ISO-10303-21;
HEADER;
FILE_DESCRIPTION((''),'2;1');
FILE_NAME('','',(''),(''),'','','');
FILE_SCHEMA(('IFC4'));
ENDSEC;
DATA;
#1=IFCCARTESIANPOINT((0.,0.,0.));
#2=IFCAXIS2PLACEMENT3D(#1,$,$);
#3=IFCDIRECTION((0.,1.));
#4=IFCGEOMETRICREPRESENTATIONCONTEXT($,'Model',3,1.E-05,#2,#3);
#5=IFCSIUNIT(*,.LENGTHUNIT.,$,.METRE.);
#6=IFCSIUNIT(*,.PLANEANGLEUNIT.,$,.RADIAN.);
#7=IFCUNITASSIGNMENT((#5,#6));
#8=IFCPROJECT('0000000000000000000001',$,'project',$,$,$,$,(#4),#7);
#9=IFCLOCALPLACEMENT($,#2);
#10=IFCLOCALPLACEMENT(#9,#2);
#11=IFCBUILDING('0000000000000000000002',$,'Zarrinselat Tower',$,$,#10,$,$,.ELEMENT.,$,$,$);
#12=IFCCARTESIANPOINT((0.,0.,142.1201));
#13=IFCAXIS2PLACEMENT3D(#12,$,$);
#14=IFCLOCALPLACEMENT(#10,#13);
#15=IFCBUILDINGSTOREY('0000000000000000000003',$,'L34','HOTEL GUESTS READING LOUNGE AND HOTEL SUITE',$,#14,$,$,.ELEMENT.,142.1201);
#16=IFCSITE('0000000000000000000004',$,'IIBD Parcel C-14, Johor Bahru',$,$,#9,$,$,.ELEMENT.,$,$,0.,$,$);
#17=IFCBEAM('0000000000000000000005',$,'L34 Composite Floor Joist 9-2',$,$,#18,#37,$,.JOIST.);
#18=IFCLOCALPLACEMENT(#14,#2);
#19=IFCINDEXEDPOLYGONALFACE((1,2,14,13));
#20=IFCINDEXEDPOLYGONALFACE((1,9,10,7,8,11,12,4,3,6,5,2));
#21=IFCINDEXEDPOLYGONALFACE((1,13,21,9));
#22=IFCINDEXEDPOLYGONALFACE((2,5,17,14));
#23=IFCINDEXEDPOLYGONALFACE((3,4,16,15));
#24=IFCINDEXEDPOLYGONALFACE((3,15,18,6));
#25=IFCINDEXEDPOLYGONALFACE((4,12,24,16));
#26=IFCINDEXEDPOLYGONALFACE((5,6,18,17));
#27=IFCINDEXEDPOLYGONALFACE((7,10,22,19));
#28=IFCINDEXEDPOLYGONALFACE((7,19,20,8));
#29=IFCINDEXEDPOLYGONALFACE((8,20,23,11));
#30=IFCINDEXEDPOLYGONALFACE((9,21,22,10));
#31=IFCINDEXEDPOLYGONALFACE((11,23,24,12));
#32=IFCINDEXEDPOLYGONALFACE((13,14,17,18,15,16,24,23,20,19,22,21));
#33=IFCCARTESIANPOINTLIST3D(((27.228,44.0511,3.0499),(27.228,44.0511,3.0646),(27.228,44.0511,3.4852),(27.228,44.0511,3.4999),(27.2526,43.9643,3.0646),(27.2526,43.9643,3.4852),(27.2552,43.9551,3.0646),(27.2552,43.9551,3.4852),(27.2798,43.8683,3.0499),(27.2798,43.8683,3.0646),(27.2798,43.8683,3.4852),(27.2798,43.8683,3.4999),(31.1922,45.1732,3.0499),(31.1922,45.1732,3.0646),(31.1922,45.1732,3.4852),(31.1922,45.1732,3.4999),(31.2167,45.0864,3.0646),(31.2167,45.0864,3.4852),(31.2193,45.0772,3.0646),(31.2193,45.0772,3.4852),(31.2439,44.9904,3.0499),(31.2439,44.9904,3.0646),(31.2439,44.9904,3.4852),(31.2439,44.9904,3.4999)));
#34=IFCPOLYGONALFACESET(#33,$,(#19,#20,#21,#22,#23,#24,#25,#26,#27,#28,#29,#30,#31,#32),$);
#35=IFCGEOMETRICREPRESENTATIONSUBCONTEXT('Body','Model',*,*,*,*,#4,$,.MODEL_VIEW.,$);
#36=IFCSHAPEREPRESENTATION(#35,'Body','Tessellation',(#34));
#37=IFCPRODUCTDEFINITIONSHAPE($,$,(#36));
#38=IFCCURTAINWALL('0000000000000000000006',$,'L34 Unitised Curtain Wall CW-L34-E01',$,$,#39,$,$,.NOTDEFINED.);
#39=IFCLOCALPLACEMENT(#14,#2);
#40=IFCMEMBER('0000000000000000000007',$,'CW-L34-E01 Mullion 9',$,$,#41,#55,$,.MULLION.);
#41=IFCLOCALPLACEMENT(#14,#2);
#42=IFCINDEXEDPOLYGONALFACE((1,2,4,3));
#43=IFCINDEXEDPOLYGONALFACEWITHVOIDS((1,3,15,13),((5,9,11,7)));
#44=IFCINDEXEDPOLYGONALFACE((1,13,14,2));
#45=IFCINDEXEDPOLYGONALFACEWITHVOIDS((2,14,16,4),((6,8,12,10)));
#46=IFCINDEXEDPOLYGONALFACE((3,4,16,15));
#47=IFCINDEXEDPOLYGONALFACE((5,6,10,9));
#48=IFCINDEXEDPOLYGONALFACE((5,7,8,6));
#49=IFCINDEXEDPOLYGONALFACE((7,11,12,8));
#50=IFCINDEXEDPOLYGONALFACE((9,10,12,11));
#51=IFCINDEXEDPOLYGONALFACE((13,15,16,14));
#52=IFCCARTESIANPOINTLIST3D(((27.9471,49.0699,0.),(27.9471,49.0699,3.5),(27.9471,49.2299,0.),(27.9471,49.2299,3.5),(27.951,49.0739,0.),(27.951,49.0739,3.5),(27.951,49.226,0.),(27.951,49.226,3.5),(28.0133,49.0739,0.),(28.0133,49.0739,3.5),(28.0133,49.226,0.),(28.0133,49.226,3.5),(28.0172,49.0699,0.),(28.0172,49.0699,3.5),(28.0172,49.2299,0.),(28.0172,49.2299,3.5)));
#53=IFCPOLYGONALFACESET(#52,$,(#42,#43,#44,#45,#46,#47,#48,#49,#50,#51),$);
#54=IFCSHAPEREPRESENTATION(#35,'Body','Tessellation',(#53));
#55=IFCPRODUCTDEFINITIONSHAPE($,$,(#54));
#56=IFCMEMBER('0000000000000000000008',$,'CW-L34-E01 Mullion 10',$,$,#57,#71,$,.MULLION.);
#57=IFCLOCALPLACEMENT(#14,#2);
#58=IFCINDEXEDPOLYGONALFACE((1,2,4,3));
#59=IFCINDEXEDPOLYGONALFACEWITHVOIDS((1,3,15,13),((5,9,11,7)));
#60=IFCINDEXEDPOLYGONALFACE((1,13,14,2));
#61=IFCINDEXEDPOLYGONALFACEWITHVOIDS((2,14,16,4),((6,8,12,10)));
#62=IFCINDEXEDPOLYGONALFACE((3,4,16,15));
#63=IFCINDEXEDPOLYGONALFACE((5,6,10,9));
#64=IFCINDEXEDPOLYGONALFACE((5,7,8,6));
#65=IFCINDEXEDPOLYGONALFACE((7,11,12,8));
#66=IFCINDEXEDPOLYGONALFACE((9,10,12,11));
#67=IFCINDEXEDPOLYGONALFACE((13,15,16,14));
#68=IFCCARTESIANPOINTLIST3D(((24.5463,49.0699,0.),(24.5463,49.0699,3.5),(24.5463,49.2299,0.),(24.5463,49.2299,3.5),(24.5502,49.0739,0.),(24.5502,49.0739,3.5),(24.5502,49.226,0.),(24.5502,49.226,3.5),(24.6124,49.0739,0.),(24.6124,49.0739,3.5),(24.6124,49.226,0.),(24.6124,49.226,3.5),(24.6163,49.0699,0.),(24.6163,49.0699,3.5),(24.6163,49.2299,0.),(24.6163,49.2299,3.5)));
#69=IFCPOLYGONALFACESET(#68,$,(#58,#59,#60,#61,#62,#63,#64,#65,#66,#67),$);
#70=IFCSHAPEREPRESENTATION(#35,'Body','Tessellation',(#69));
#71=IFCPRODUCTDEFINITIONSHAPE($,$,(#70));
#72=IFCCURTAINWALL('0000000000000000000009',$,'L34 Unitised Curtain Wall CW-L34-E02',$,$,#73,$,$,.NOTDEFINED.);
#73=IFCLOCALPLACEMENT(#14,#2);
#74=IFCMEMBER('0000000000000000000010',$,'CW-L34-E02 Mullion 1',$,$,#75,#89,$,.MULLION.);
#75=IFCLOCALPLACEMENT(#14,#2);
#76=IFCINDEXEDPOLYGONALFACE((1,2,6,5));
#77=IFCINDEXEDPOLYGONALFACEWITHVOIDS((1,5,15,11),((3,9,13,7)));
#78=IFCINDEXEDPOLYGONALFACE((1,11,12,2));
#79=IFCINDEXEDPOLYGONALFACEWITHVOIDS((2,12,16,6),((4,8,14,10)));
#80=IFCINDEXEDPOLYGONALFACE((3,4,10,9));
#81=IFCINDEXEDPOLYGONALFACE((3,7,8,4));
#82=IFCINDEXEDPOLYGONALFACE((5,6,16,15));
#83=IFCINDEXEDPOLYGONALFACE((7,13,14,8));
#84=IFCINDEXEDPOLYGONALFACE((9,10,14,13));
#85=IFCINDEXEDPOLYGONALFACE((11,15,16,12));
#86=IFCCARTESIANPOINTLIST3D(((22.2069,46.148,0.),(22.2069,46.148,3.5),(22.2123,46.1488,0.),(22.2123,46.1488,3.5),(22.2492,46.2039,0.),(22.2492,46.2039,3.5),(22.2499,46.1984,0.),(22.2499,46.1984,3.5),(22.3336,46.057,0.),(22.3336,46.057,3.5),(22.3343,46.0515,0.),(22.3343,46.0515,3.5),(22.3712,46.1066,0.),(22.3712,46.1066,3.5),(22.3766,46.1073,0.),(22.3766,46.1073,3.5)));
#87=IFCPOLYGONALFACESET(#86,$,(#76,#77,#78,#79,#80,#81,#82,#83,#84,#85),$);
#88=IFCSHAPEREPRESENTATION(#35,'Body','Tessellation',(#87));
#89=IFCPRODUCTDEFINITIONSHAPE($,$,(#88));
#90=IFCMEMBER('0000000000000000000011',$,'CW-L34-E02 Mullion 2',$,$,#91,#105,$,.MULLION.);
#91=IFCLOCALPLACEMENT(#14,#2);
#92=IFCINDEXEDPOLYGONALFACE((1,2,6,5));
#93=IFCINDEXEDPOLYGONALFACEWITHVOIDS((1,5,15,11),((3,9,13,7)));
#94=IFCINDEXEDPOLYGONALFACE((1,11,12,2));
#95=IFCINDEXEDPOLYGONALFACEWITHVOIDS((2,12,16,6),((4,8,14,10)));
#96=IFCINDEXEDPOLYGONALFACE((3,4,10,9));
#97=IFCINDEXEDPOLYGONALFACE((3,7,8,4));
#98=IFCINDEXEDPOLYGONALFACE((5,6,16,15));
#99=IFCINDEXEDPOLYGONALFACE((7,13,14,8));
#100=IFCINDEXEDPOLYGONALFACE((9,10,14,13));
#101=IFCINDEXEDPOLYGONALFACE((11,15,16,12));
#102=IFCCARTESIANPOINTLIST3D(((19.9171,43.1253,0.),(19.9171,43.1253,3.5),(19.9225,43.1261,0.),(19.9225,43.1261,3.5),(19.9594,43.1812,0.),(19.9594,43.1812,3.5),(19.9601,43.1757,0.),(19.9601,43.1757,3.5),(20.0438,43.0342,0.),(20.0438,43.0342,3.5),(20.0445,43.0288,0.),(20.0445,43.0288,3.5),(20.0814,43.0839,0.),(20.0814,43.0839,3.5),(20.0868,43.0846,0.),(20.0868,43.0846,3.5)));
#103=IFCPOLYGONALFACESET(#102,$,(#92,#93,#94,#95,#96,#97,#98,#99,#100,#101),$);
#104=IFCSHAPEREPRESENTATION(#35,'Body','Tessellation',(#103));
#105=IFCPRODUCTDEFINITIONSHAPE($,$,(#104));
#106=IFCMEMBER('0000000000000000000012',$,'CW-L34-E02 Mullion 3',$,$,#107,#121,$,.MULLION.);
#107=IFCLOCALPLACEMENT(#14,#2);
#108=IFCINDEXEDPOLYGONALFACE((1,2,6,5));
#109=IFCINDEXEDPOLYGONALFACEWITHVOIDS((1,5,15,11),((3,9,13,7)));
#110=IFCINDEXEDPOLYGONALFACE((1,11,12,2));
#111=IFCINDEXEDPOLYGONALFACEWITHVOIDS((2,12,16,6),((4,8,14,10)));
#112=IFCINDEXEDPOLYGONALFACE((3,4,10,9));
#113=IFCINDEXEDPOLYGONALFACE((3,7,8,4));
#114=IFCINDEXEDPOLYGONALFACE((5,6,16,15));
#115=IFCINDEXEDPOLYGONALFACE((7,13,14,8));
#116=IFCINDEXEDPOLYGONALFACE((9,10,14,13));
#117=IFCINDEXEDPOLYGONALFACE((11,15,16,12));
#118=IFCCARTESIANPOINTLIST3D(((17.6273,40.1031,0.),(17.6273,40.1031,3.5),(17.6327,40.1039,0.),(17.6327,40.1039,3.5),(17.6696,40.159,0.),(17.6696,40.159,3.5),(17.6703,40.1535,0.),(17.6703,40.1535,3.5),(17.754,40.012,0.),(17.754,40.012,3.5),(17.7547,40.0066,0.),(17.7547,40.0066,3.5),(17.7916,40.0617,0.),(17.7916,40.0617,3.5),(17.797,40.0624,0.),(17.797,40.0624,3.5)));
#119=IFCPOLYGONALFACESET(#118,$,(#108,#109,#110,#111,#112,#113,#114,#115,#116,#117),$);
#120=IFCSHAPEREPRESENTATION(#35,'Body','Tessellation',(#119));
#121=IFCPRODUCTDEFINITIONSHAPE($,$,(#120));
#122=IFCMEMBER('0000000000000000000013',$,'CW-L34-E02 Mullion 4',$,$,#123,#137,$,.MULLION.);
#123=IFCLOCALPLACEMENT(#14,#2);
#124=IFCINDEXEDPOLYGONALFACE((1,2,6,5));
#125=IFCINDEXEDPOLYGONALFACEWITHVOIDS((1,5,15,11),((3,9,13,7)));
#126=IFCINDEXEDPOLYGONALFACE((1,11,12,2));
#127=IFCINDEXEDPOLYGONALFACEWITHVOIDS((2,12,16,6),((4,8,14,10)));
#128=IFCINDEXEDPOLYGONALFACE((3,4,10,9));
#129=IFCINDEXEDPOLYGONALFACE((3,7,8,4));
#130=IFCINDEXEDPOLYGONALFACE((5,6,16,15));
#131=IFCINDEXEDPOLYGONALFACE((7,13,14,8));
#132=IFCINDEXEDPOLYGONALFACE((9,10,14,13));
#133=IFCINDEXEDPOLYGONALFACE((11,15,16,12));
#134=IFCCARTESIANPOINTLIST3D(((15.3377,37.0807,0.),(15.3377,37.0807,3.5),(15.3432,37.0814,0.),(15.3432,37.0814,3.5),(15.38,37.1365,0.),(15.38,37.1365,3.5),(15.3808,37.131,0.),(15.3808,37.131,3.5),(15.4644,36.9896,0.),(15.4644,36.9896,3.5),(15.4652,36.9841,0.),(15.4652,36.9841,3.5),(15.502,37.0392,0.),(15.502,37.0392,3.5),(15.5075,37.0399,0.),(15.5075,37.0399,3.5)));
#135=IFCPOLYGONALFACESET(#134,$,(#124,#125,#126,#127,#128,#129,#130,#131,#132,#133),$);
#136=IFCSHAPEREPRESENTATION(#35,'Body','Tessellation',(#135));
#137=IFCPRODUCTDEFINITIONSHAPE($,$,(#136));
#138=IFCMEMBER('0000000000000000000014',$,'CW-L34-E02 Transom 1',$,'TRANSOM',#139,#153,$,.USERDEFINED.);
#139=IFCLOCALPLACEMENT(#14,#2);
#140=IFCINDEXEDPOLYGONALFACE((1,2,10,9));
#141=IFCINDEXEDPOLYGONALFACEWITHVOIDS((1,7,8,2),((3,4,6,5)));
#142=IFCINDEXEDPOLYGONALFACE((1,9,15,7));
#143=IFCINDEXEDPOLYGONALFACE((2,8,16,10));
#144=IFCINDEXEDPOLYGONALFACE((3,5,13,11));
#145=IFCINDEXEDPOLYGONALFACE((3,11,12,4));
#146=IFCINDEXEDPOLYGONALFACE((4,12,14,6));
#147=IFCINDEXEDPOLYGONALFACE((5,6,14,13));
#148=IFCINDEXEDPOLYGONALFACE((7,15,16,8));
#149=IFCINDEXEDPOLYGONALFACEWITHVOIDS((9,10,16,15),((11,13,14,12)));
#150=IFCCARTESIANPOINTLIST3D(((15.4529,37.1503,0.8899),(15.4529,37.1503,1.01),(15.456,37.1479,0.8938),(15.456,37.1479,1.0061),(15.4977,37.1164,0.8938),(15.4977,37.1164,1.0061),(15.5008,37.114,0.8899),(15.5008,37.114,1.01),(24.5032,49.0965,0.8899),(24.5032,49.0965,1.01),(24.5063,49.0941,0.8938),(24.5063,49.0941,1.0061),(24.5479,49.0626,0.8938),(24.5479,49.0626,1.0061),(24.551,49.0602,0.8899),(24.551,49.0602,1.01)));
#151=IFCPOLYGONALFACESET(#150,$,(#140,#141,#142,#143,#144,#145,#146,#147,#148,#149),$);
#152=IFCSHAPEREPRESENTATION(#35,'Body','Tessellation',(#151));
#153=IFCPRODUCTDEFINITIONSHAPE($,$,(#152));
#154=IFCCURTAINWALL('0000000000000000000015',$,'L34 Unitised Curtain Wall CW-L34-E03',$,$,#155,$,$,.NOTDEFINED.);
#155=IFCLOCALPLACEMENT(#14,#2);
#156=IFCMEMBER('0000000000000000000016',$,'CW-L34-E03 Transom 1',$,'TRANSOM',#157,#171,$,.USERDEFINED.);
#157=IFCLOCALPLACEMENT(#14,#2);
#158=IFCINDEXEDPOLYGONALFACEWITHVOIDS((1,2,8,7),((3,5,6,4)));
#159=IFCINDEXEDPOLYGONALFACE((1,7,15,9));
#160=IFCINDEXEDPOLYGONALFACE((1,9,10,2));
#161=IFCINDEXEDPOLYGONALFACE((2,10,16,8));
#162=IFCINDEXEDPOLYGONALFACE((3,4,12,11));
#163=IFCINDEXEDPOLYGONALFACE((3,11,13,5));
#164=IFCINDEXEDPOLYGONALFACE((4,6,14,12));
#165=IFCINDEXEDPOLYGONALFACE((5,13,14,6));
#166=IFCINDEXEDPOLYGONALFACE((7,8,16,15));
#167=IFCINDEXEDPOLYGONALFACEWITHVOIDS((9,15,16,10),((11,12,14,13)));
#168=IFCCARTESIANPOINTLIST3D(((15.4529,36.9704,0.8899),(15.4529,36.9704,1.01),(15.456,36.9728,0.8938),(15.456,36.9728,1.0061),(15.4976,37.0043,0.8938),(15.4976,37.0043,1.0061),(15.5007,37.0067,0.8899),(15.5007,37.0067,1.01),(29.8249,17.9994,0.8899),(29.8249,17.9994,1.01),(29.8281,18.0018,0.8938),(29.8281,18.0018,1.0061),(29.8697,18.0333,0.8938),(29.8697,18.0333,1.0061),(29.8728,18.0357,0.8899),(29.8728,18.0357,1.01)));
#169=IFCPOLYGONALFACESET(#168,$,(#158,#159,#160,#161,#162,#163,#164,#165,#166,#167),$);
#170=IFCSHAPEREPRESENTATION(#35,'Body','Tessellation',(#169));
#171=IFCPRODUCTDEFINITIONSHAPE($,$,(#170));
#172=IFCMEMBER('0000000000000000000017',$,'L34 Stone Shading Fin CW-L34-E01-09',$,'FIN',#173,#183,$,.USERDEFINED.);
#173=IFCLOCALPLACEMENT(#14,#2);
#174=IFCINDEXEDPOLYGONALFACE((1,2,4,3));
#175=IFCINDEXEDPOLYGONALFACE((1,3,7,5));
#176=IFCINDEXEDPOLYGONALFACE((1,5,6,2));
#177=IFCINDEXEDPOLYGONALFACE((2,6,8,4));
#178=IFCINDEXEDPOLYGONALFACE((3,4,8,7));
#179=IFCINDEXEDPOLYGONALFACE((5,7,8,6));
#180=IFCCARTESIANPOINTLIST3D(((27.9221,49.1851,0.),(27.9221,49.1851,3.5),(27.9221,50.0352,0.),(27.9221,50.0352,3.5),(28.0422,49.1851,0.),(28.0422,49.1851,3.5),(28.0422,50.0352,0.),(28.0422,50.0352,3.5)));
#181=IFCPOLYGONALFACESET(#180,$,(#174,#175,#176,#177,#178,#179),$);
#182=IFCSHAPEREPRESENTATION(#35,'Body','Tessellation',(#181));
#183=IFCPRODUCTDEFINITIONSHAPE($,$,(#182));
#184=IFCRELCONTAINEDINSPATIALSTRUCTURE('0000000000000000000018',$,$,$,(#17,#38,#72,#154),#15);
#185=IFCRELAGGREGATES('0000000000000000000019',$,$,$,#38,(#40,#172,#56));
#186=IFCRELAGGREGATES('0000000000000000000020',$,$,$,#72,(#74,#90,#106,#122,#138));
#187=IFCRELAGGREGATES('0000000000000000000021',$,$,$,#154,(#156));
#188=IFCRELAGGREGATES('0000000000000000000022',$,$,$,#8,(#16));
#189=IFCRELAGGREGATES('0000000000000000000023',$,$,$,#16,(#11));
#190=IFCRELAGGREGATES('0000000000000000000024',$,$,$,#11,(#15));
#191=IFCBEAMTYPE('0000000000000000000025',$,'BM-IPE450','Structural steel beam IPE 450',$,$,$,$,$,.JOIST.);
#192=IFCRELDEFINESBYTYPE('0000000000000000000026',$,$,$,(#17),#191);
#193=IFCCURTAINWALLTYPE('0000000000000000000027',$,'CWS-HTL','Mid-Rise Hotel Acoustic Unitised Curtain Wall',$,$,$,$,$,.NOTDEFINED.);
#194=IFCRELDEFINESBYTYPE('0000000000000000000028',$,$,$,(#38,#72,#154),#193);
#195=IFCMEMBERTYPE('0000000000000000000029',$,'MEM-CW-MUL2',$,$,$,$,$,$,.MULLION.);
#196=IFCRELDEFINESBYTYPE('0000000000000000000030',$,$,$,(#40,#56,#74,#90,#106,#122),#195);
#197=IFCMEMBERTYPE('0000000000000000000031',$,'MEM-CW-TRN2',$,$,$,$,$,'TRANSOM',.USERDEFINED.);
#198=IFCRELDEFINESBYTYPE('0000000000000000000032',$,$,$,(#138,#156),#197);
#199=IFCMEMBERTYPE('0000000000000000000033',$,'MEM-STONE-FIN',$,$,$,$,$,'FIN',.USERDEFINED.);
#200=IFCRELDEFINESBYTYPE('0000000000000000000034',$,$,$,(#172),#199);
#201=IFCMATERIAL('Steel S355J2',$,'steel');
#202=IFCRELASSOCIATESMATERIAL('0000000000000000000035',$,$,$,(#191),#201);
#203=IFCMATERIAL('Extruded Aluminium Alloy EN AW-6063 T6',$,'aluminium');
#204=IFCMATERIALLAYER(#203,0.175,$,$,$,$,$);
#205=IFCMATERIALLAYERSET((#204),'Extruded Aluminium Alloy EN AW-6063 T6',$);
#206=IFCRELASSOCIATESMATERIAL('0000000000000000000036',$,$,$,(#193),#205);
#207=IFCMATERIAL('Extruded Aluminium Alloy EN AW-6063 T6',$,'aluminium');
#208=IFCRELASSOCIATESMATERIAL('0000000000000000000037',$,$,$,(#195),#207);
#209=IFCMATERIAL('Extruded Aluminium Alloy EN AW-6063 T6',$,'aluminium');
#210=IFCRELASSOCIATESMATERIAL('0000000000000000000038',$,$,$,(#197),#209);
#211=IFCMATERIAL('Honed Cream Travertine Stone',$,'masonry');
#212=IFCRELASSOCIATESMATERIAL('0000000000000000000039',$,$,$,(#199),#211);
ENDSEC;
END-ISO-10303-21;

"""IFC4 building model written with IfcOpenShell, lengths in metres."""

from ifc_helpers import new_model, si_unit, direction, frame, origin, origin_2d, place, context, subcontext, project, spatial, rectangle, hollow_rectangle, i_section, extrude, material, layer, layer_set, material_profile, profile_set, type_object, element, aggregate, save


model = new_model("IFC4")

# Units and contexts
model_context = context("Model", 3, precision=1e-05, world=origin(), true_north=direction((0.0, 1.0)))
body_context = subcontext(model_context, "Body", "Model", "MODEL_VIEW")
ifc_project = project(units=[si_unit("LENGTHUNIT", "METRE"), si_unit("PLANEANGLEUNIT", "RADIAN")], contexts=[model_context])

# Site, building, storey
site_placement = place(None, origin())
site = spatial("IfcSite", under=ifc_project, at=site_placement, Name="IIBD Parcel C-14, Johor Bahru", CompositionType="ELEMENT", RefElevation=0.0)
building_placement = place(site_placement, origin())
building = spatial("IfcBuilding", under=site, at=building_placement, Name="Zarrinselat Tower", CompositionType="ELEMENT")
storey_placement = place(building_placement, frame((0.0, 0.0, 142.1201)))
storey = spatial("IfcBuildingStorey", under=building, at=storey_placement, Name="L34", Description="HOTEL GUESTS READING LOUNGE AND HOTEL SUITE", CompositionType="ELEMENT", Elevation=142.1201)

# Beam
ifc_material_1 = material(Name="Steel S355J2", Category="steel")
ifc_material_profile_1 = material_profile(ifc_material_1, i_section(OverallWidth=0.1899, OverallDepth=0.45, WebThickness=0.0095, FlangeThickness=0.0146, at=origin_2d()), Name="IPE 450")
ifc_profile_set_1 = profile_set([ifc_material_profile_1], Name="Steel S355J2")
beam_type_1 = type_object("IfcBeamType", Name="BM-IPE450", Description="Structural steel beam IPE 450", PredefinedType="JOIST", material=ifc_profile_set_1)
beam_1_placement = place(storey_placement, frame((27.2539, 43.9597, 3.2749), z_axis=(0.962196, 0.272357, 0.0), x_axis=(-0.272357, 0.962196, 0.0)))
element("IfcBeam", 1, at=beam_1_placement, inside=storey, type_object=beam_type_1, Name="L34 Composite Floor Joist 9-2", PredefinedType="JOIST", context=body_context, shape_type="SweptSolid", body=[
    extrude(i_section(OverallWidth=0.1899, OverallDepth=0.45, WebThickness=0.0095, FlangeThickness=0.0146, at=origin_2d()), origin(), (0.0, 0.0, 1.0), 4.1199),
])

# Curtain walls, members
ifc_material_2 = material(Name="Extruded Aluminium Alloy EN AW-6063 T6", Category="aluminium")
ifc_layer_1 = layer(ifc_material_2, 0.175)
ifc_layer_set_1 = layer_set([ifc_layer_1], Name="Extruded Aluminium Alloy EN AW-6063 T6")
curtain_wall_type = type_object("IfcCurtainWallType", Name="CWS-HTL", Description="Mid-Rise Hotel Acoustic Unitised Curtain Wall", PredefinedType="NOTDEFINED", material=ifc_layer_set_1)
curtain_wall_1_placement = place(storey_placement, origin())
curtain_wall_1 = element("IfcCurtainWall", 2, at=curtain_wall_1_placement, inside=storey, type_object=curtain_wall_type, Name="L34 Unitised Curtain Wall CW-L34-E01", PredefinedType="NOTDEFINED")
ifc_material_3 = material(Name="Extruded Aluminium Alloy EN AW-6063 T6", Category="aluminium")
ifc_material_profile_2 = material_profile(ifc_material_3, hollow_rectangle(XDim=0.0701, YDim=0.1599, WallThickness=0.0039, at=origin_2d()), Name="RHS 160x70x4")
ifc_profile_set_2 = profile_set([ifc_material_profile_2], Name="Extruded Aluminium Alloy EN AW-6063 T6")
member_type_1 = type_object("IfcMemberType", Name="MEM-CW-MUL2", PredefinedType="MULLION", material=ifc_profile_set_2)
member_1_placement = place(storey_placement, frame((27.9822, 49.1499, 0.0), z_axis=(0.0, 0.0, 1.0), x_axis=(-1.0, 0.0, 0.0)))
member_1 = element("IfcMember", 3, at=member_1_placement, type_object=member_type_1, Name="CW-L34-E01 Mullion 9", PredefinedType="MULLION", context=body_context, shape_type="SweptSolid", body=[
    extrude(hollow_rectangle(XDim=0.0701, YDim=0.1599, WallThickness=0.0039, at=origin_2d()), origin(), (0.0, 0.0, 1.0), 3.5),
])
member_2_placement = place(storey_placement, frame((24.5813, 49.1499, 0.0), z_axis=(0.0, 0.0, 1.0), x_axis=(-1.0, 0.0, 0.0)))
member_2 = element("IfcMember", 4, at=member_2_placement, type_object=member_type_1, Name="CW-L34-E01 Mullion 10", PredefinedType="MULLION", context=body_context, shape_type="SweptSolid", body=[
    extrude(hollow_rectangle(XDim=0.0701, YDim=0.1599, WallThickness=0.0039, at=origin_2d()), origin(), (0.0, 0.0, 1.0), 3.5),
])
curtain_wall_2_placement = place(storey_placement, origin())
curtain_wall_2 = element("IfcCurtainWall", 5, at=curtain_wall_2_placement, inside=storey, type_object=curtain_wall_type, Name="L34 Unitised Curtain Wall CW-L34-E02", PredefinedType="NOTDEFINED")
member_3_placement = place(storey_placement, frame((22.2917, 46.1277, 0.0), z_axis=(0.0, 0.0, 1.0), x_axis=(-0.603859, -0.797091, 0.0)))
member_3 = element("IfcMember", 6, at=member_3_placement, type_object=member_type_1, Name="CW-L34-E02 Mullion 1", PredefinedType="MULLION", context=body_context, shape_type="SweptSolid", body=[
    extrude(hollow_rectangle(XDim=0.0701, YDim=0.1599, WallThickness=0.0039, at=origin_2d()), origin(), (0.0, 0.0, 1.0), 3.5),
])
member_4_placement = place(storey_placement, frame((20.002, 43.105, 0.0), z_axis=(0.0, 0.0, 1.0), x_axis=(-0.603859, -0.797091, 0.0)))
member_4 = element("IfcMember", 7, at=member_4_placement, type_object=member_type_1, Name="CW-L34-E02 Mullion 2", PredefinedType="MULLION", context=body_context, shape_type="SweptSolid", body=[
    extrude(hollow_rectangle(XDim=0.0701, YDim=0.1599, WallThickness=0.0039, at=origin_2d()), origin(), (0.0, 0.0, 1.0), 3.5),
])
member_5_placement = place(storey_placement, frame((17.7122, 40.0828, 0.0), z_axis=(0.0, 0.0, 1.0), x_axis=(-0.603859, -0.797091, 0.0)))
member_5 = element("IfcMember", 8, at=member_5_placement, type_object=member_type_1, Name="CW-L34-E02 Mullion 3", PredefinedType="MULLION", context=body_context, shape_type="SweptSolid", body=[
    extrude(hollow_rectangle(XDim=0.0701, YDim=0.1599, WallThickness=0.0039, at=origin_2d()), origin(), (0.0, 0.0, 1.0), 3.5),
])
member_6_placement = place(storey_placement, frame((15.4226, 37.0603, 0.0), z_axis=(0.0, 0.0, 1.0), x_axis=(-0.603859, -0.797091, 0.0)))
member_6 = element("IfcMember", 9, at=member_6_placement, type_object=member_type_1, Name="CW-L34-E02 Mullion 4", PredefinedType="MULLION", context=body_context, shape_type="SweptSolid", body=[
    extrude(hollow_rectangle(XDim=0.0701, YDim=0.1599, WallThickness=0.0039, at=origin_2d()), origin(), (0.0, 0.0, 1.0), 3.5),
])
ifc_material_4 = material(Name="Extruded Aluminium Alloy EN AW-6063 T6", Category="aluminium")
ifc_material_profile_3 = material_profile(ifc_material_4, hollow_rectangle(XDim=0.0601, YDim=0.1201, WallThickness=0.0039, at=origin_2d()), Name="RHS 120x60x4")
ifc_profile_set_3 = profile_set([ifc_material_profile_3], Name="Extruded Aluminium Alloy EN AW-6063 T6")
member_type_2 = type_object("IfcMemberType", Name="MEM-CW-TRN2", ElementType="TRANSOM", PredefinedType="USERDEFINED", material=ifc_profile_set_3)
member_7_placement = place(storey_placement, frame((24.5271, 49.0784, 0.95), z_axis=(-0.603861, -0.79709, 0.0), x_axis=(0.79709, -0.603861, 0.0)))
member_7 = element("IfcMember", 10, at=member_7_placement, type_object=member_type_2, Name="CW-L34-E02 Transom 1", ObjectType="TRANSOM", PredefinedType="USERDEFINED", context=body_context, shape_type="SweptSolid", body=[
    extrude(hollow_rectangle(XDim=0.0601, YDim=0.1201, WallThickness=0.0039, at=origin_2d()), origin(), (0.0, 0.0, 1.0), 14.9873),
])

# Curtain wall, member
curtain_wall_3_placement = place(storey_placement, origin())
curtain_wall_3 = element("IfcCurtainWall", 11, at=curtain_wall_3_placement, inside=storey, type_object=curtain_wall_type, Name="L34 Unitised Curtain Wall CW-L34-E03", PredefinedType="NOTDEFINED")
member_8_placement = place(storey_placement, frame((15.4768, 36.9885, 0.95), z_axis=(0.603861, -0.797089, 0.0), x_axis=(0.797089, 0.603861, 0.0)))
member_8 = element("IfcMember", 12, at=member_8_placement, type_object=member_type_2, Name="CW-L34-E03 Transom 1", ObjectType="TRANSOM", PredefinedType="USERDEFINED", context=body_context, shape_type="SweptSolid", body=[
    extrude(hollow_rectangle(XDim=0.0601, YDim=0.1201, WallThickness=0.0039, at=origin_2d()), origin(), (0.0, 0.0, 1.0), 23.8003),
])

# Member
ifc_material_5 = material(Name="Honed Cream Travertine Stone", Category="masonry")
ifc_material_profile_4 = material_profile(ifc_material_5, rectangle(XDim=0.1201, YDim=0.8501, at=origin_2d()), Name="FIN 850x120")
ifc_profile_set_4 = profile_set([ifc_material_profile_4], Name="Honed Cream Travertine Stone")
member_type_3 = type_object("IfcMemberType", Name="MEM-STONE-FIN", ElementType="FIN", PredefinedType="USERDEFINED", material=ifc_profile_set_4)
member_9_placement = place(storey_placement, frame((27.9822, 49.6101, 0.0), z_axis=(0.0, 0.0, 1.0), x_axis=(1.0, 0.0, 0.0)))
member_9 = element("IfcMember", 13, at=member_9_placement, type_object=member_type_3, Name="L34 Stone Shading Fin CW-L34-E01-09", ObjectType="FIN", PredefinedType="USERDEFINED", context=body_context, shape_type="SweptSolid", body=[
    extrude(rectangle(XDim=0.1201, YDim=0.8501, at=origin_2d()), origin(), (0.0, 0.0, 1.0), 3.5),
])

aggregate(curtain_wall_1, [member_1, member_9, member_2])
aggregate(curtain_wall_2, [member_3, member_4, member_5, member_6, member_7])
aggregate(curtain_wall_3, [member_8])

save(model, "model.ifc")
